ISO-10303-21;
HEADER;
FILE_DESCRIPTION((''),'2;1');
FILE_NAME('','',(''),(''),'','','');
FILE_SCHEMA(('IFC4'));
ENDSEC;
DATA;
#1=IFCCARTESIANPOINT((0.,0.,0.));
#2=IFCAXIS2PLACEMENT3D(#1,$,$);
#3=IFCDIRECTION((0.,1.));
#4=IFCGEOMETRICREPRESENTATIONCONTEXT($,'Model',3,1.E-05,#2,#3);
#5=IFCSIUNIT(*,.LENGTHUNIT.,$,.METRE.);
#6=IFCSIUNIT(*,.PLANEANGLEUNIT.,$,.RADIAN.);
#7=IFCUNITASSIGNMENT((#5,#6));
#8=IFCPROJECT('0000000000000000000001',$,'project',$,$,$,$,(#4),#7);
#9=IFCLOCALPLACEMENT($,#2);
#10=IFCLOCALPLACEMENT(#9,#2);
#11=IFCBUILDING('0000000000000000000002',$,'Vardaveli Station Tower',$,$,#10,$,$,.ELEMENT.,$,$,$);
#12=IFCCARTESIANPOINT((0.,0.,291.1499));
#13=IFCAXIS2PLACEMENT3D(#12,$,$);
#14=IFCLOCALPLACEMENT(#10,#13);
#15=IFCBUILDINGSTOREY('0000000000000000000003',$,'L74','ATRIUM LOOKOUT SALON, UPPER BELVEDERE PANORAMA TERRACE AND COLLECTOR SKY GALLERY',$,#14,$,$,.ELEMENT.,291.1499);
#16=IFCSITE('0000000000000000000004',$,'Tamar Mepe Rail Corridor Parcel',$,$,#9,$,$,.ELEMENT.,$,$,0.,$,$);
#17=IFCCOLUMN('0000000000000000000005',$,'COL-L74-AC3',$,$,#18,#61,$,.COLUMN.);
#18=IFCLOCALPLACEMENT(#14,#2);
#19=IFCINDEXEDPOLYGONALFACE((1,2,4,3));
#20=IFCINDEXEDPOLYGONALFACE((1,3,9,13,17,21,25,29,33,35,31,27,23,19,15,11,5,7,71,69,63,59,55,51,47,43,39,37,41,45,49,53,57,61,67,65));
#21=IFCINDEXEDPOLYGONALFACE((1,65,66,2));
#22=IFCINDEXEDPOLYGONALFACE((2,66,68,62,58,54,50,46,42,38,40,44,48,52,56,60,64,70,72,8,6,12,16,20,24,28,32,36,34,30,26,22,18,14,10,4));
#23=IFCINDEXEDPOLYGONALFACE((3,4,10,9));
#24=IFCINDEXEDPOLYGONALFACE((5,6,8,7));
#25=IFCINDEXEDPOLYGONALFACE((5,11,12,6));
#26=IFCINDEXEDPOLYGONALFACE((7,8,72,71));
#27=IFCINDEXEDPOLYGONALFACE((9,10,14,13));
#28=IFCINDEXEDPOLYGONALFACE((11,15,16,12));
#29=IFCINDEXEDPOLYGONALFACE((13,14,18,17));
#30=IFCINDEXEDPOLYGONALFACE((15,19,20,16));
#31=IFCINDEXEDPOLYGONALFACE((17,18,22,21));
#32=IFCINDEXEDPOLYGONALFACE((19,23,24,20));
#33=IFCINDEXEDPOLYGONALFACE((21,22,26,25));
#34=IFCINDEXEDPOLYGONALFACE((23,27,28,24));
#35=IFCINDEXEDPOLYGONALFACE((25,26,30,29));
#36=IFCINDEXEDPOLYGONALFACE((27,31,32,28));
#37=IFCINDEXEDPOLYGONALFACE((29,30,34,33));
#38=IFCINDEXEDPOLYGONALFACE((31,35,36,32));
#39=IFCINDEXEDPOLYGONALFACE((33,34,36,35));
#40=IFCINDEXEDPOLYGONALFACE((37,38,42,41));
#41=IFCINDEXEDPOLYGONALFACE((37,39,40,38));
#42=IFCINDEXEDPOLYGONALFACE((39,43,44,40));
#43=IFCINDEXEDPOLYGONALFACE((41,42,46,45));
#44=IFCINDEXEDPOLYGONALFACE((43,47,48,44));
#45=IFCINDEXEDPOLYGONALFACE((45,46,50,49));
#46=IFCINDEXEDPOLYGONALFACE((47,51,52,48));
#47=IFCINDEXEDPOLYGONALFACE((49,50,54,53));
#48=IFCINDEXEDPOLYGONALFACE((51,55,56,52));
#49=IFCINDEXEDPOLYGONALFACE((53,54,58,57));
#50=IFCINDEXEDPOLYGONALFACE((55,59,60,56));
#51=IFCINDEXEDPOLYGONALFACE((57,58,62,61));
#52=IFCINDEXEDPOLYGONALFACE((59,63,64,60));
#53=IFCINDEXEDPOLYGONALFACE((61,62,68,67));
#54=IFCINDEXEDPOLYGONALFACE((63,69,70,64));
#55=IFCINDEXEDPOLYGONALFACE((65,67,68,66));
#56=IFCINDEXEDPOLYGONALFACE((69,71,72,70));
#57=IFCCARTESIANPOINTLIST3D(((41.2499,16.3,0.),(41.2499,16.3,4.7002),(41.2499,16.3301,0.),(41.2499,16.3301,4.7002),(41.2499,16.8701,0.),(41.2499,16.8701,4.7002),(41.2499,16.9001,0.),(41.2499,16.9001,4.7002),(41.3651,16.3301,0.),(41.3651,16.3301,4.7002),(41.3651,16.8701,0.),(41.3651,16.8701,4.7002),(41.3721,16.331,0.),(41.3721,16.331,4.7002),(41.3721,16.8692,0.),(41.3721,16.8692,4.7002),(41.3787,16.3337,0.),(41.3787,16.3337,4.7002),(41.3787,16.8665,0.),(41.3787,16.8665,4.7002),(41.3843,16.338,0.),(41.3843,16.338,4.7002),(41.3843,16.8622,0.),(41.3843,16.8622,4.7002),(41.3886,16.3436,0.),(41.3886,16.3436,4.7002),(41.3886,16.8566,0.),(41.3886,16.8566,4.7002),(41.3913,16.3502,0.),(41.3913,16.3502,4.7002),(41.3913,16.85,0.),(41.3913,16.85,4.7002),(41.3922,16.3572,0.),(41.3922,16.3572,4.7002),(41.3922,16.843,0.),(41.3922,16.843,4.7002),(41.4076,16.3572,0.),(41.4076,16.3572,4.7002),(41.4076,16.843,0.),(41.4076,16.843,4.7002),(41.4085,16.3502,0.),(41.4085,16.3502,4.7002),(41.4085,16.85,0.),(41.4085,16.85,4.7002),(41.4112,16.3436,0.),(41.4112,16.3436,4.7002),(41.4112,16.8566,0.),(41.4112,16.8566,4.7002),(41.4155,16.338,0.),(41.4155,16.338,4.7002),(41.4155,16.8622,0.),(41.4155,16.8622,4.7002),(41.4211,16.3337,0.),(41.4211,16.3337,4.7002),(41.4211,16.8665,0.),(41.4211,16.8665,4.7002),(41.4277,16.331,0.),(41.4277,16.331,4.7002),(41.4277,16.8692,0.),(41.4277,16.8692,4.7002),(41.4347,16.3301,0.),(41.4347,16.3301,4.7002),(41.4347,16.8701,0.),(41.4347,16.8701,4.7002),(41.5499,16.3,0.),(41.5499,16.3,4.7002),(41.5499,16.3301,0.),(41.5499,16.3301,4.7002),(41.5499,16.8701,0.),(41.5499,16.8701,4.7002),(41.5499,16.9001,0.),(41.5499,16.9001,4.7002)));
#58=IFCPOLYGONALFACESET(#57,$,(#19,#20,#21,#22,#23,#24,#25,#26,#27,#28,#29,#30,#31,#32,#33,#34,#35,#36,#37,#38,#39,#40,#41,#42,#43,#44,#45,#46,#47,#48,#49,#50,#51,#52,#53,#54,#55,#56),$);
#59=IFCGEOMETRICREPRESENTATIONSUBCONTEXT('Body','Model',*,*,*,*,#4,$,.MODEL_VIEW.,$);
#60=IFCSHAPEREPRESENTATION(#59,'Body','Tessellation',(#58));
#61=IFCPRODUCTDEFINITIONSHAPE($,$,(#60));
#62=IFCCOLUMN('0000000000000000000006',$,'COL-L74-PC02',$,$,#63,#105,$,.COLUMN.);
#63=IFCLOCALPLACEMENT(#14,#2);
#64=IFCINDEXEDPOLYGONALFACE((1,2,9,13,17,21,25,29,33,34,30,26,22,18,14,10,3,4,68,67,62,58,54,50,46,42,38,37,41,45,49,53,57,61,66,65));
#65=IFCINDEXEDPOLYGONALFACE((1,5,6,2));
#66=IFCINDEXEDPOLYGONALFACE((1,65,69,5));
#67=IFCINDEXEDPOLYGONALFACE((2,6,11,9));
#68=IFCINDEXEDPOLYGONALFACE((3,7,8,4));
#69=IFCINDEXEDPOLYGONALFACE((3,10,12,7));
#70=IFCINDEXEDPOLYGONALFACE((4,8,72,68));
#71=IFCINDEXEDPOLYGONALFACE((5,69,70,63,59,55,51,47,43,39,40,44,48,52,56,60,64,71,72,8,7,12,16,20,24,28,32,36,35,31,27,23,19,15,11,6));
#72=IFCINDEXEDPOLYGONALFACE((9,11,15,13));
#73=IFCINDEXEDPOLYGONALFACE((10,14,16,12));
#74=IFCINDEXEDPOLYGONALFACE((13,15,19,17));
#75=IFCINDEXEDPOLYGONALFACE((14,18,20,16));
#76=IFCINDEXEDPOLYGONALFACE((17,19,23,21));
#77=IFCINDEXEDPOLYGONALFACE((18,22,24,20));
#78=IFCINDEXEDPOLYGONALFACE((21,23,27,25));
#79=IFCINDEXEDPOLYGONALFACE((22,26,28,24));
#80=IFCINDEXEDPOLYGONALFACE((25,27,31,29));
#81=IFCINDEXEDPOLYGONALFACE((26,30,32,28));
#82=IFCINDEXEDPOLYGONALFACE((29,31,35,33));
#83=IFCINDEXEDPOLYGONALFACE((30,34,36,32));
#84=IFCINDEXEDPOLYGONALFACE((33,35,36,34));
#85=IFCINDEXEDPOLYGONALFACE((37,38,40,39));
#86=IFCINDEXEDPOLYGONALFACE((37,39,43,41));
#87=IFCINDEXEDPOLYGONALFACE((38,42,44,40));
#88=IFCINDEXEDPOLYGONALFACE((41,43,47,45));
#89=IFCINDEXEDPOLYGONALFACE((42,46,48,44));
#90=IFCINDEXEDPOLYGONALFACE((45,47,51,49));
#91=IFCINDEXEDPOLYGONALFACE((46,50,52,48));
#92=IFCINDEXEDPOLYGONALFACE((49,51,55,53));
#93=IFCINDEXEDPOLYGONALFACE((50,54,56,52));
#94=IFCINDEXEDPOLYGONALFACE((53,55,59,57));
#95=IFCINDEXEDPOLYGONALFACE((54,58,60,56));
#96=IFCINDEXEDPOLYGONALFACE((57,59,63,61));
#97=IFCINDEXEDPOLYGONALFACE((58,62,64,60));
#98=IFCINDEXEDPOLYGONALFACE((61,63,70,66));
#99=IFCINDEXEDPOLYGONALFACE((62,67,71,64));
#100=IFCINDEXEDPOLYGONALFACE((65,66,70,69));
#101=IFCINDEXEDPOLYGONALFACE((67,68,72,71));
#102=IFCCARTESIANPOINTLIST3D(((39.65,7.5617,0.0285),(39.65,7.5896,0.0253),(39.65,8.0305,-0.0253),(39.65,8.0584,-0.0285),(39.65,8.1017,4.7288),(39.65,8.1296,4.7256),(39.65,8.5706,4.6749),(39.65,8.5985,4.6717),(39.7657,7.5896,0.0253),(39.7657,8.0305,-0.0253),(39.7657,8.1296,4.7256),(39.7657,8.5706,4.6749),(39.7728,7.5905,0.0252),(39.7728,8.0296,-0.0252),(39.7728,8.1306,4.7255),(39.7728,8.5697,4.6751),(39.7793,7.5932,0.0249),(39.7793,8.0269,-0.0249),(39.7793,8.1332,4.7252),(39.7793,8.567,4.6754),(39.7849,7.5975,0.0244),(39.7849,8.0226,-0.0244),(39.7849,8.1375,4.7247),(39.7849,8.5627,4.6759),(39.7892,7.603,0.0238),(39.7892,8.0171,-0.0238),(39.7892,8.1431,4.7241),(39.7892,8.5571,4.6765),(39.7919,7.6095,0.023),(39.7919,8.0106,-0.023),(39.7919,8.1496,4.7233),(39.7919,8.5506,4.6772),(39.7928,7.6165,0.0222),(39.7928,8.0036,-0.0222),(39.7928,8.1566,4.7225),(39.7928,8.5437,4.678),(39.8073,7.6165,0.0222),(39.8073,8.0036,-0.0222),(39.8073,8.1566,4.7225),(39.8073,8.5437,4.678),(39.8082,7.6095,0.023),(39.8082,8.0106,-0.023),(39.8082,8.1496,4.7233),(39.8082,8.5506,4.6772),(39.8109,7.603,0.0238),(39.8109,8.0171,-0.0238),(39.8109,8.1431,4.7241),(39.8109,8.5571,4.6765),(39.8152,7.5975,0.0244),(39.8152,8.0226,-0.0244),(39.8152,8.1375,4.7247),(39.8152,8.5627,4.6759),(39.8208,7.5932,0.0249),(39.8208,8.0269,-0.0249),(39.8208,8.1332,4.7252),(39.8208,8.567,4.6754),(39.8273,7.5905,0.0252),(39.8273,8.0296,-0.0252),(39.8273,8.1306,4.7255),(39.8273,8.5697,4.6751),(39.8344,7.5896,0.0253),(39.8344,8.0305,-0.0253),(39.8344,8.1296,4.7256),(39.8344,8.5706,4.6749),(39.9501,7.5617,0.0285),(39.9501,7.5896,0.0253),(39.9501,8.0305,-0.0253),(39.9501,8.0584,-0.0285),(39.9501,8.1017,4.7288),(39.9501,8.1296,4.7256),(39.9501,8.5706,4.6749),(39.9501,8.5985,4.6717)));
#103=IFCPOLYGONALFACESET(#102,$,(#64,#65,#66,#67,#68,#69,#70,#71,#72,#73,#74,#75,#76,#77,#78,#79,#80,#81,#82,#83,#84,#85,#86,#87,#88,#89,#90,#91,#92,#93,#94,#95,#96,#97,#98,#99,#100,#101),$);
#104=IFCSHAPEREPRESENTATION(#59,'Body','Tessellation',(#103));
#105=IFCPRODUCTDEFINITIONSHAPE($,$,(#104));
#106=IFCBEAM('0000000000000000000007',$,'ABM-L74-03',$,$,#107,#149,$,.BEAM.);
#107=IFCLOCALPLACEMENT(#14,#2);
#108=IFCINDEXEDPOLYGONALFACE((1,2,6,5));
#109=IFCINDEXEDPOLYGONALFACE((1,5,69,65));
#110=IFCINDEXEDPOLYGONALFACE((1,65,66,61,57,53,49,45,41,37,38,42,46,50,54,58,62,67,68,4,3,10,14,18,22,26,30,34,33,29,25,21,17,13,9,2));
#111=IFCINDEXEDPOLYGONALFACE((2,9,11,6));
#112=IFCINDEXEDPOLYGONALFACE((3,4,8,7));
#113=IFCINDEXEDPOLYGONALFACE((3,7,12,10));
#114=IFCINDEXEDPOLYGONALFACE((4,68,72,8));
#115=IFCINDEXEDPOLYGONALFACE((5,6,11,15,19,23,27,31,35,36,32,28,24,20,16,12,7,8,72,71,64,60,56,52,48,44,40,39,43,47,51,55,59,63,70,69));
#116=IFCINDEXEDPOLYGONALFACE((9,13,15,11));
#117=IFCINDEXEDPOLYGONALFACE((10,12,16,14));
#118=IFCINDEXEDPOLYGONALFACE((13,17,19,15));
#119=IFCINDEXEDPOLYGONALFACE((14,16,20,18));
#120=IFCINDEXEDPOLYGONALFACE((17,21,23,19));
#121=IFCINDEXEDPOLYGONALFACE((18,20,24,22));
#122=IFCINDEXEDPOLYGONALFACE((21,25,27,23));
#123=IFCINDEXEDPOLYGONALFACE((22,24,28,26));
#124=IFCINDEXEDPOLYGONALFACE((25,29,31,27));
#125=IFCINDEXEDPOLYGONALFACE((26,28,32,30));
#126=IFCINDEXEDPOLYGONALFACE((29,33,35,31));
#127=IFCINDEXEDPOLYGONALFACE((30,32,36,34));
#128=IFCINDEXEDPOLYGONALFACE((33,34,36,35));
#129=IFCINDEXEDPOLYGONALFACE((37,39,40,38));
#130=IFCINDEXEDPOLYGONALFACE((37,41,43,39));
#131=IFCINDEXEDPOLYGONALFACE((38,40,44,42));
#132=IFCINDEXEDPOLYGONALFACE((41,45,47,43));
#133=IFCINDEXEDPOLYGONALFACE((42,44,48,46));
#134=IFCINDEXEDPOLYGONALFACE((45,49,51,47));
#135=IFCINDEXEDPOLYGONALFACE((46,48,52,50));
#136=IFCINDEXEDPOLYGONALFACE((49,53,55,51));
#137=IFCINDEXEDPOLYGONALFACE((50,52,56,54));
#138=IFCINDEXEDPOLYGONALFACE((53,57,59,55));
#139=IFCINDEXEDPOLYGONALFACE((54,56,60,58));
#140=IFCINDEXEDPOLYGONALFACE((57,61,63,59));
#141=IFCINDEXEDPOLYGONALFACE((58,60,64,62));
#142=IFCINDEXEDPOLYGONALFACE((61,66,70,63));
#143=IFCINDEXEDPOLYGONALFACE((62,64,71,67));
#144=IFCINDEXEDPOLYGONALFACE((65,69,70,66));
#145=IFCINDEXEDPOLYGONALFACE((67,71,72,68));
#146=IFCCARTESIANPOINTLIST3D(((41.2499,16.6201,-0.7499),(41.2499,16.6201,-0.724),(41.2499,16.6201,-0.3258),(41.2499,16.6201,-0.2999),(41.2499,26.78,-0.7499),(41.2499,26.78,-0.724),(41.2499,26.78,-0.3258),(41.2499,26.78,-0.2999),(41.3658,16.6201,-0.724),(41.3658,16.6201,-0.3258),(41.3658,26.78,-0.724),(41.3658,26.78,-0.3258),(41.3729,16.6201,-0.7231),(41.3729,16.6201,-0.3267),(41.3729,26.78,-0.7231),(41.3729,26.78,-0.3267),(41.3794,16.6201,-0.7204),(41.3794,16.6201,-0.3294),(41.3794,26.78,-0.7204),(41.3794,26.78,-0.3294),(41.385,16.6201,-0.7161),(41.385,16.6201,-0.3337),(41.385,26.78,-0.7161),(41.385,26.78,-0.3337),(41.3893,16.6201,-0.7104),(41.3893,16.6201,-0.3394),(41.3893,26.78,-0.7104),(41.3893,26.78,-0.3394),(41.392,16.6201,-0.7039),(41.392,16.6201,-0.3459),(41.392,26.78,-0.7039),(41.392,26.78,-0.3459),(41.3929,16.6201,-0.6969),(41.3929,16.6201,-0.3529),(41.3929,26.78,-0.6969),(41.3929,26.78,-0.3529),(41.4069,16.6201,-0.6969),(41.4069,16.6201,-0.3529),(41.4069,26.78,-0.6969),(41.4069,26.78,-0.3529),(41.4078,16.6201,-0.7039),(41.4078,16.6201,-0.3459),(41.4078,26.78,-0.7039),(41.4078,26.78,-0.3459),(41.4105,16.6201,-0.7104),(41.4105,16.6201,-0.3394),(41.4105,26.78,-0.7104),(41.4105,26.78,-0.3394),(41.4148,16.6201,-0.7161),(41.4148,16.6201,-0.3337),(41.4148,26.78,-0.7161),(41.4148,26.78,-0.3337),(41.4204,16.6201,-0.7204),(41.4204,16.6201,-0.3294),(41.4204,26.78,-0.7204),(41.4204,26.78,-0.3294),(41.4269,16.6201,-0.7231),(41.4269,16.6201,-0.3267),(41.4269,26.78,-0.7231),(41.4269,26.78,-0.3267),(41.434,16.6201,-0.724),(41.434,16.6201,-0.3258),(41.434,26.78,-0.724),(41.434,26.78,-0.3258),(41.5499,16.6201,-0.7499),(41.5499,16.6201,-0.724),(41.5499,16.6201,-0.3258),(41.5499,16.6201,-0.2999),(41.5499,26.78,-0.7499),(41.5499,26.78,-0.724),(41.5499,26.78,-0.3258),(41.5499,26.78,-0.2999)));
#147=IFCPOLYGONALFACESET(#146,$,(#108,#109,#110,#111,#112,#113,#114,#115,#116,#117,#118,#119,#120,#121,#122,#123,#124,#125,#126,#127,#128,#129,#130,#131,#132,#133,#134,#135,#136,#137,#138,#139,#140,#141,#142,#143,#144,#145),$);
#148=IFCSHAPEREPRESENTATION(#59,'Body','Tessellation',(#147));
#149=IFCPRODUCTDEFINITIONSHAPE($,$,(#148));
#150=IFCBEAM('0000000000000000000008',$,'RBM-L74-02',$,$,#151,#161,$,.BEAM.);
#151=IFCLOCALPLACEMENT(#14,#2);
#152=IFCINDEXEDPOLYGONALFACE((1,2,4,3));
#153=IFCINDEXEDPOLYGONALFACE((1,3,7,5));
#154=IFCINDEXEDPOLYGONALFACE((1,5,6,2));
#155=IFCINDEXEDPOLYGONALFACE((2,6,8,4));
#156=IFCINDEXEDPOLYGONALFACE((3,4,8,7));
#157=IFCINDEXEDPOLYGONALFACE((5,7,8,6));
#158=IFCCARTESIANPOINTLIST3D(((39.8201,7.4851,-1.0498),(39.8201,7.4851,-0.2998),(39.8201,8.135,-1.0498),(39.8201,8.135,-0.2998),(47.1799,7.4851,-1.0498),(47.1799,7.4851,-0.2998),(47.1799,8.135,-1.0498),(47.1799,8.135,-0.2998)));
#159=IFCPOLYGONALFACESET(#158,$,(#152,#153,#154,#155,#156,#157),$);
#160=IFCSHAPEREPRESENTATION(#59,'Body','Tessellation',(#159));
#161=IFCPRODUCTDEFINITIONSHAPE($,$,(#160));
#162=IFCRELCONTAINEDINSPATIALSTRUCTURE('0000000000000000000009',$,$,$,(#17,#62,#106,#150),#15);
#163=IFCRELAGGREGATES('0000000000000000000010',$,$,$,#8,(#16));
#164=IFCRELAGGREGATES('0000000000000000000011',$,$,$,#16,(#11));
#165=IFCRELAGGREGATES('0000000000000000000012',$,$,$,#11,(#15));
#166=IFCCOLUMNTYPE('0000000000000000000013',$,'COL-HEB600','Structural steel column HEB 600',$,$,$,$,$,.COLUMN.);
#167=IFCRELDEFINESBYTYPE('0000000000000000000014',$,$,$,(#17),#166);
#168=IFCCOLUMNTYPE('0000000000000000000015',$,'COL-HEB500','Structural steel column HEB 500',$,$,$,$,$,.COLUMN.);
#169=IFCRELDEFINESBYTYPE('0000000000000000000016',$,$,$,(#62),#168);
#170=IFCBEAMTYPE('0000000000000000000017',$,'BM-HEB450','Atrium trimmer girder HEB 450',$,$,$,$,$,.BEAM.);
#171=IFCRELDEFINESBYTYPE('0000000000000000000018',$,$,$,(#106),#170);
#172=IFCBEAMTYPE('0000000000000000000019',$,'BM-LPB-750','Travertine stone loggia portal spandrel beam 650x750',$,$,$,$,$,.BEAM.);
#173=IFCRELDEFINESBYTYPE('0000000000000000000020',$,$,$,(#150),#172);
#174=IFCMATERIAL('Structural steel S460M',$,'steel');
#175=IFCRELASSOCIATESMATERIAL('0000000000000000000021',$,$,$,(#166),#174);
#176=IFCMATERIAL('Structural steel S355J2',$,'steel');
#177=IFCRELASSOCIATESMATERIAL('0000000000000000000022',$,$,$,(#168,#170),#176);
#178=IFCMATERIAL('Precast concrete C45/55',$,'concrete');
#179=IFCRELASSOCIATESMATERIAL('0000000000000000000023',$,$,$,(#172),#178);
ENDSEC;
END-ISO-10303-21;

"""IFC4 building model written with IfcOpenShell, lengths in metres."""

from ifc_helpers import new_model, si_unit, direction, frame, origin, origin_2d, place, context, subcontext, project, spatial, rectangle, i_section, extrude, source, transform, mapped, material, material_profile, profile_set, type_object, element, save


model = new_model("IFC4")

# Units and contexts
model_context = context("Model", 3, precision=1e-05, world=origin(), true_north=direction((0.0, 1.0)))
body_context = subcontext(model_context, "Body", "Model", "MODEL_VIEW")
ifc_project = project(units=[si_unit("LENGTHUNIT", "METRE"), si_unit("PLANEANGLEUNIT", "RADIAN")], contexts=[model_context])

# Site, building, storey
site_placement = place(None, origin())
site = spatial("IfcSite", under=ifc_project, at=site_placement, Name="Tamar Mepe Rail Corridor Parcel", CompositionType="ELEMENT", RefElevation=0.0)
building_placement = place(site_placement, origin())
building = spatial("IfcBuilding", under=site, at=building_placement, Name="Vardaveli Station Tower", CompositionType="ELEMENT")
storey_placement = place(building_placement, frame((0.0, 0.0, 291.1499)))
storey = spatial("IfcBuildingStorey", under=building, at=storey_placement, Name="L74", Description="ATRIUM LOOKOUT SALON, UPPER BELVEDERE PANORAMA TERRACE AND COLLECTOR SKY GALLERY", CompositionType="ELEMENT", Elevation=291.1499)

# Columns
ifc_material_1 = material(Name="Structural steel S460M", Category="steel")
ifc_material_profile_1 = material_profile(ifc_material_1, i_section(OverallWidth=0.3, OverallDepth=0.6001, WebThickness=0.0154, FlangeThickness=0.03, FilletRadius=0.0271, at=origin_2d()), Name="HEB 600")
ifc_profile_set_1 = profile_set([ifc_material_profile_1], Name="Structural steel S460M")
column_type_1 = type_object("IfcColumnType", Name="COL-HEB600", Description="Structural steel column HEB 600", PredefinedType="COLUMN", material=ifc_profile_set_1)
shared_shape_1 = source(origin(), body_context, "Body", "SweptSolid", [
    extrude(i_section(OverallWidth=0.3, OverallDepth=0.6001, WebThickness=0.0154, FlangeThickness=0.03, FilletRadius=0.0271, at=origin_2d()), origin(), (0.0, 0.0, 1.0), 4.7002),
])
column_1_placement = place(storey_placement, frame((41.3999, 16.6001, 0.0), z_axis=(0.0, 0.0, 1.0), x_axis=(1.0, 0.0, 0.0)))
element("IfcColumn", 1, at=column_1_placement, inside=storey, type_object=column_type_1, Name="COL-L74-AC3", PredefinedType="COLUMN", context=body_context, shape_type="MappedRepresentation", body=[
    mapped(shared_shape_1, transform((0.0, 0.0, 0.0), scale=1.0)),
])
ifc_material_2 = material(Name="Structural steel S355J2", Category="steel")
ifc_material_profile_2 = material_profile(ifc_material_2, i_section(OverallWidth=0.3, OverallDepth=0.5, WebThickness=0.0144, FlangeThickness=0.0281, FilletRadius=0.0271, at=origin_2d()), Name="HEB 500")
ifc_profile_set_2 = profile_set([ifc_material_profile_2], Name="Structural steel S355J2")
column_type_2 = type_object("IfcColumnType", Name="COL-HEB500", Description="Structural steel column HEB 500", PredefinedType="COLUMN", material=ifc_profile_set_2)
shared_shape_2 = source(origin(), body_context, "Body", "SweptSolid", [
    extrude(i_section(OverallWidth=0.3, OverallDepth=0.5, WebThickness=0.0144, FlangeThickness=0.0281, FilletRadius=0.0271, at=origin_2d()), origin(), (0.0, 0.0, 1.0), 4.7312),
])
column_2_placement = place(storey_placement, frame((39.8, 7.8101, 0.0), z_axis=(0.0, 0.114146, 0.993464), x_axis=(-1.0, 0.0, 0.0)))
element("IfcColumn", 2, at=column_2_placement, inside=storey, type_object=column_type_2, Name="COL-L74-PC02", PredefinedType="COLUMN", context=body_context, shape_type="MappedRepresentation", body=[
    mapped(shared_shape_2, transform((0.0, 0.0, 0.0), scale=1.0)),
])

# Beams
ifc_material_profile_3 = material_profile(ifc_material_2, i_section(OverallWidth=0.3, OverallDepth=0.45, WebThickness=0.0139, FlangeThickness=0.0259, FilletRadius=0.0271, at=origin_2d()), Name="HEB 450")
ifc_profile_set_3 = profile_set([ifc_material_profile_3], Name="Structural steel S355J2")
beam_type_1 = type_object("IfcBeamType", Name="BM-HEB450", Description="Atrium trimmer girder HEB 450", PredefinedType="BEAM", material=ifc_profile_set_3)
shared_shape_3 = source(origin(), body_context, "Body", "SweptSolid", [
    extrude(i_section(OverallWidth=0.3, OverallDepth=0.45, WebThickness=0.0139, FlangeThickness=0.0259, FilletRadius=0.0271, at=origin_2d()), origin(), (0.0, 0.0, 1.0), 10.1599),
])
beam_1_placement = place(storey_placement, frame((41.3999, 16.6201, -0.5249), z_axis=(0.0, 1.0, 0.0), x_axis=(-1.0, 0.0, 0.0)))
element("IfcBeam", 3, at=beam_1_placement, inside=storey, type_object=beam_type_1, Name="ABM-L74-03", PredefinedType="BEAM", context=body_context, shape_type="MappedRepresentation", body=[
    mapped(shared_shape_3, transform((0.0, 0.0, 0.0), scale=1.0)),
])
ifc_material_3 = material(Name="Precast concrete C45/55", Category="concrete")
ifc_material_profile_4 = material_profile(ifc_material_3, rectangle(XDim=0.6499, YDim=0.75, at=origin_2d()), Name="LPB 650x750")
ifc_profile_set_4 = profile_set([ifc_material_profile_4], Name="Precast concrete C45/55")
beam_type_2 = type_object("IfcBeamType", Name="BM-LPB-750", Description="Travertine stone loggia portal spandrel beam 650x750", PredefinedType="BEAM", material=ifc_profile_set_4)
shared_shape_4 = source(origin(), body_context, "Body", "SweptSolid", [
    extrude(rectangle(XDim=0.6499, YDim=0.75, at=origin_2d()), origin(), (0.0, 0.0, 1.0), 7.3599),
])
beam_2_placement = place(storey_placement, frame((39.8201, 7.8101, -0.6748), z_axis=(1.0, 0.0, 0.0), x_axis=(0.0, 1.0, 0.0)))
element("IfcBeam", 4, at=beam_2_placement, inside=storey, type_object=beam_type_2, Name="RBM-L74-02", PredefinedType="BEAM", context=body_context, shape_type="MappedRepresentation", body=[
    mapped(shared_shape_4, transform((0.0, 0.0, 0.0), scale=1.0)),
])

save(model, "model.ifc")
